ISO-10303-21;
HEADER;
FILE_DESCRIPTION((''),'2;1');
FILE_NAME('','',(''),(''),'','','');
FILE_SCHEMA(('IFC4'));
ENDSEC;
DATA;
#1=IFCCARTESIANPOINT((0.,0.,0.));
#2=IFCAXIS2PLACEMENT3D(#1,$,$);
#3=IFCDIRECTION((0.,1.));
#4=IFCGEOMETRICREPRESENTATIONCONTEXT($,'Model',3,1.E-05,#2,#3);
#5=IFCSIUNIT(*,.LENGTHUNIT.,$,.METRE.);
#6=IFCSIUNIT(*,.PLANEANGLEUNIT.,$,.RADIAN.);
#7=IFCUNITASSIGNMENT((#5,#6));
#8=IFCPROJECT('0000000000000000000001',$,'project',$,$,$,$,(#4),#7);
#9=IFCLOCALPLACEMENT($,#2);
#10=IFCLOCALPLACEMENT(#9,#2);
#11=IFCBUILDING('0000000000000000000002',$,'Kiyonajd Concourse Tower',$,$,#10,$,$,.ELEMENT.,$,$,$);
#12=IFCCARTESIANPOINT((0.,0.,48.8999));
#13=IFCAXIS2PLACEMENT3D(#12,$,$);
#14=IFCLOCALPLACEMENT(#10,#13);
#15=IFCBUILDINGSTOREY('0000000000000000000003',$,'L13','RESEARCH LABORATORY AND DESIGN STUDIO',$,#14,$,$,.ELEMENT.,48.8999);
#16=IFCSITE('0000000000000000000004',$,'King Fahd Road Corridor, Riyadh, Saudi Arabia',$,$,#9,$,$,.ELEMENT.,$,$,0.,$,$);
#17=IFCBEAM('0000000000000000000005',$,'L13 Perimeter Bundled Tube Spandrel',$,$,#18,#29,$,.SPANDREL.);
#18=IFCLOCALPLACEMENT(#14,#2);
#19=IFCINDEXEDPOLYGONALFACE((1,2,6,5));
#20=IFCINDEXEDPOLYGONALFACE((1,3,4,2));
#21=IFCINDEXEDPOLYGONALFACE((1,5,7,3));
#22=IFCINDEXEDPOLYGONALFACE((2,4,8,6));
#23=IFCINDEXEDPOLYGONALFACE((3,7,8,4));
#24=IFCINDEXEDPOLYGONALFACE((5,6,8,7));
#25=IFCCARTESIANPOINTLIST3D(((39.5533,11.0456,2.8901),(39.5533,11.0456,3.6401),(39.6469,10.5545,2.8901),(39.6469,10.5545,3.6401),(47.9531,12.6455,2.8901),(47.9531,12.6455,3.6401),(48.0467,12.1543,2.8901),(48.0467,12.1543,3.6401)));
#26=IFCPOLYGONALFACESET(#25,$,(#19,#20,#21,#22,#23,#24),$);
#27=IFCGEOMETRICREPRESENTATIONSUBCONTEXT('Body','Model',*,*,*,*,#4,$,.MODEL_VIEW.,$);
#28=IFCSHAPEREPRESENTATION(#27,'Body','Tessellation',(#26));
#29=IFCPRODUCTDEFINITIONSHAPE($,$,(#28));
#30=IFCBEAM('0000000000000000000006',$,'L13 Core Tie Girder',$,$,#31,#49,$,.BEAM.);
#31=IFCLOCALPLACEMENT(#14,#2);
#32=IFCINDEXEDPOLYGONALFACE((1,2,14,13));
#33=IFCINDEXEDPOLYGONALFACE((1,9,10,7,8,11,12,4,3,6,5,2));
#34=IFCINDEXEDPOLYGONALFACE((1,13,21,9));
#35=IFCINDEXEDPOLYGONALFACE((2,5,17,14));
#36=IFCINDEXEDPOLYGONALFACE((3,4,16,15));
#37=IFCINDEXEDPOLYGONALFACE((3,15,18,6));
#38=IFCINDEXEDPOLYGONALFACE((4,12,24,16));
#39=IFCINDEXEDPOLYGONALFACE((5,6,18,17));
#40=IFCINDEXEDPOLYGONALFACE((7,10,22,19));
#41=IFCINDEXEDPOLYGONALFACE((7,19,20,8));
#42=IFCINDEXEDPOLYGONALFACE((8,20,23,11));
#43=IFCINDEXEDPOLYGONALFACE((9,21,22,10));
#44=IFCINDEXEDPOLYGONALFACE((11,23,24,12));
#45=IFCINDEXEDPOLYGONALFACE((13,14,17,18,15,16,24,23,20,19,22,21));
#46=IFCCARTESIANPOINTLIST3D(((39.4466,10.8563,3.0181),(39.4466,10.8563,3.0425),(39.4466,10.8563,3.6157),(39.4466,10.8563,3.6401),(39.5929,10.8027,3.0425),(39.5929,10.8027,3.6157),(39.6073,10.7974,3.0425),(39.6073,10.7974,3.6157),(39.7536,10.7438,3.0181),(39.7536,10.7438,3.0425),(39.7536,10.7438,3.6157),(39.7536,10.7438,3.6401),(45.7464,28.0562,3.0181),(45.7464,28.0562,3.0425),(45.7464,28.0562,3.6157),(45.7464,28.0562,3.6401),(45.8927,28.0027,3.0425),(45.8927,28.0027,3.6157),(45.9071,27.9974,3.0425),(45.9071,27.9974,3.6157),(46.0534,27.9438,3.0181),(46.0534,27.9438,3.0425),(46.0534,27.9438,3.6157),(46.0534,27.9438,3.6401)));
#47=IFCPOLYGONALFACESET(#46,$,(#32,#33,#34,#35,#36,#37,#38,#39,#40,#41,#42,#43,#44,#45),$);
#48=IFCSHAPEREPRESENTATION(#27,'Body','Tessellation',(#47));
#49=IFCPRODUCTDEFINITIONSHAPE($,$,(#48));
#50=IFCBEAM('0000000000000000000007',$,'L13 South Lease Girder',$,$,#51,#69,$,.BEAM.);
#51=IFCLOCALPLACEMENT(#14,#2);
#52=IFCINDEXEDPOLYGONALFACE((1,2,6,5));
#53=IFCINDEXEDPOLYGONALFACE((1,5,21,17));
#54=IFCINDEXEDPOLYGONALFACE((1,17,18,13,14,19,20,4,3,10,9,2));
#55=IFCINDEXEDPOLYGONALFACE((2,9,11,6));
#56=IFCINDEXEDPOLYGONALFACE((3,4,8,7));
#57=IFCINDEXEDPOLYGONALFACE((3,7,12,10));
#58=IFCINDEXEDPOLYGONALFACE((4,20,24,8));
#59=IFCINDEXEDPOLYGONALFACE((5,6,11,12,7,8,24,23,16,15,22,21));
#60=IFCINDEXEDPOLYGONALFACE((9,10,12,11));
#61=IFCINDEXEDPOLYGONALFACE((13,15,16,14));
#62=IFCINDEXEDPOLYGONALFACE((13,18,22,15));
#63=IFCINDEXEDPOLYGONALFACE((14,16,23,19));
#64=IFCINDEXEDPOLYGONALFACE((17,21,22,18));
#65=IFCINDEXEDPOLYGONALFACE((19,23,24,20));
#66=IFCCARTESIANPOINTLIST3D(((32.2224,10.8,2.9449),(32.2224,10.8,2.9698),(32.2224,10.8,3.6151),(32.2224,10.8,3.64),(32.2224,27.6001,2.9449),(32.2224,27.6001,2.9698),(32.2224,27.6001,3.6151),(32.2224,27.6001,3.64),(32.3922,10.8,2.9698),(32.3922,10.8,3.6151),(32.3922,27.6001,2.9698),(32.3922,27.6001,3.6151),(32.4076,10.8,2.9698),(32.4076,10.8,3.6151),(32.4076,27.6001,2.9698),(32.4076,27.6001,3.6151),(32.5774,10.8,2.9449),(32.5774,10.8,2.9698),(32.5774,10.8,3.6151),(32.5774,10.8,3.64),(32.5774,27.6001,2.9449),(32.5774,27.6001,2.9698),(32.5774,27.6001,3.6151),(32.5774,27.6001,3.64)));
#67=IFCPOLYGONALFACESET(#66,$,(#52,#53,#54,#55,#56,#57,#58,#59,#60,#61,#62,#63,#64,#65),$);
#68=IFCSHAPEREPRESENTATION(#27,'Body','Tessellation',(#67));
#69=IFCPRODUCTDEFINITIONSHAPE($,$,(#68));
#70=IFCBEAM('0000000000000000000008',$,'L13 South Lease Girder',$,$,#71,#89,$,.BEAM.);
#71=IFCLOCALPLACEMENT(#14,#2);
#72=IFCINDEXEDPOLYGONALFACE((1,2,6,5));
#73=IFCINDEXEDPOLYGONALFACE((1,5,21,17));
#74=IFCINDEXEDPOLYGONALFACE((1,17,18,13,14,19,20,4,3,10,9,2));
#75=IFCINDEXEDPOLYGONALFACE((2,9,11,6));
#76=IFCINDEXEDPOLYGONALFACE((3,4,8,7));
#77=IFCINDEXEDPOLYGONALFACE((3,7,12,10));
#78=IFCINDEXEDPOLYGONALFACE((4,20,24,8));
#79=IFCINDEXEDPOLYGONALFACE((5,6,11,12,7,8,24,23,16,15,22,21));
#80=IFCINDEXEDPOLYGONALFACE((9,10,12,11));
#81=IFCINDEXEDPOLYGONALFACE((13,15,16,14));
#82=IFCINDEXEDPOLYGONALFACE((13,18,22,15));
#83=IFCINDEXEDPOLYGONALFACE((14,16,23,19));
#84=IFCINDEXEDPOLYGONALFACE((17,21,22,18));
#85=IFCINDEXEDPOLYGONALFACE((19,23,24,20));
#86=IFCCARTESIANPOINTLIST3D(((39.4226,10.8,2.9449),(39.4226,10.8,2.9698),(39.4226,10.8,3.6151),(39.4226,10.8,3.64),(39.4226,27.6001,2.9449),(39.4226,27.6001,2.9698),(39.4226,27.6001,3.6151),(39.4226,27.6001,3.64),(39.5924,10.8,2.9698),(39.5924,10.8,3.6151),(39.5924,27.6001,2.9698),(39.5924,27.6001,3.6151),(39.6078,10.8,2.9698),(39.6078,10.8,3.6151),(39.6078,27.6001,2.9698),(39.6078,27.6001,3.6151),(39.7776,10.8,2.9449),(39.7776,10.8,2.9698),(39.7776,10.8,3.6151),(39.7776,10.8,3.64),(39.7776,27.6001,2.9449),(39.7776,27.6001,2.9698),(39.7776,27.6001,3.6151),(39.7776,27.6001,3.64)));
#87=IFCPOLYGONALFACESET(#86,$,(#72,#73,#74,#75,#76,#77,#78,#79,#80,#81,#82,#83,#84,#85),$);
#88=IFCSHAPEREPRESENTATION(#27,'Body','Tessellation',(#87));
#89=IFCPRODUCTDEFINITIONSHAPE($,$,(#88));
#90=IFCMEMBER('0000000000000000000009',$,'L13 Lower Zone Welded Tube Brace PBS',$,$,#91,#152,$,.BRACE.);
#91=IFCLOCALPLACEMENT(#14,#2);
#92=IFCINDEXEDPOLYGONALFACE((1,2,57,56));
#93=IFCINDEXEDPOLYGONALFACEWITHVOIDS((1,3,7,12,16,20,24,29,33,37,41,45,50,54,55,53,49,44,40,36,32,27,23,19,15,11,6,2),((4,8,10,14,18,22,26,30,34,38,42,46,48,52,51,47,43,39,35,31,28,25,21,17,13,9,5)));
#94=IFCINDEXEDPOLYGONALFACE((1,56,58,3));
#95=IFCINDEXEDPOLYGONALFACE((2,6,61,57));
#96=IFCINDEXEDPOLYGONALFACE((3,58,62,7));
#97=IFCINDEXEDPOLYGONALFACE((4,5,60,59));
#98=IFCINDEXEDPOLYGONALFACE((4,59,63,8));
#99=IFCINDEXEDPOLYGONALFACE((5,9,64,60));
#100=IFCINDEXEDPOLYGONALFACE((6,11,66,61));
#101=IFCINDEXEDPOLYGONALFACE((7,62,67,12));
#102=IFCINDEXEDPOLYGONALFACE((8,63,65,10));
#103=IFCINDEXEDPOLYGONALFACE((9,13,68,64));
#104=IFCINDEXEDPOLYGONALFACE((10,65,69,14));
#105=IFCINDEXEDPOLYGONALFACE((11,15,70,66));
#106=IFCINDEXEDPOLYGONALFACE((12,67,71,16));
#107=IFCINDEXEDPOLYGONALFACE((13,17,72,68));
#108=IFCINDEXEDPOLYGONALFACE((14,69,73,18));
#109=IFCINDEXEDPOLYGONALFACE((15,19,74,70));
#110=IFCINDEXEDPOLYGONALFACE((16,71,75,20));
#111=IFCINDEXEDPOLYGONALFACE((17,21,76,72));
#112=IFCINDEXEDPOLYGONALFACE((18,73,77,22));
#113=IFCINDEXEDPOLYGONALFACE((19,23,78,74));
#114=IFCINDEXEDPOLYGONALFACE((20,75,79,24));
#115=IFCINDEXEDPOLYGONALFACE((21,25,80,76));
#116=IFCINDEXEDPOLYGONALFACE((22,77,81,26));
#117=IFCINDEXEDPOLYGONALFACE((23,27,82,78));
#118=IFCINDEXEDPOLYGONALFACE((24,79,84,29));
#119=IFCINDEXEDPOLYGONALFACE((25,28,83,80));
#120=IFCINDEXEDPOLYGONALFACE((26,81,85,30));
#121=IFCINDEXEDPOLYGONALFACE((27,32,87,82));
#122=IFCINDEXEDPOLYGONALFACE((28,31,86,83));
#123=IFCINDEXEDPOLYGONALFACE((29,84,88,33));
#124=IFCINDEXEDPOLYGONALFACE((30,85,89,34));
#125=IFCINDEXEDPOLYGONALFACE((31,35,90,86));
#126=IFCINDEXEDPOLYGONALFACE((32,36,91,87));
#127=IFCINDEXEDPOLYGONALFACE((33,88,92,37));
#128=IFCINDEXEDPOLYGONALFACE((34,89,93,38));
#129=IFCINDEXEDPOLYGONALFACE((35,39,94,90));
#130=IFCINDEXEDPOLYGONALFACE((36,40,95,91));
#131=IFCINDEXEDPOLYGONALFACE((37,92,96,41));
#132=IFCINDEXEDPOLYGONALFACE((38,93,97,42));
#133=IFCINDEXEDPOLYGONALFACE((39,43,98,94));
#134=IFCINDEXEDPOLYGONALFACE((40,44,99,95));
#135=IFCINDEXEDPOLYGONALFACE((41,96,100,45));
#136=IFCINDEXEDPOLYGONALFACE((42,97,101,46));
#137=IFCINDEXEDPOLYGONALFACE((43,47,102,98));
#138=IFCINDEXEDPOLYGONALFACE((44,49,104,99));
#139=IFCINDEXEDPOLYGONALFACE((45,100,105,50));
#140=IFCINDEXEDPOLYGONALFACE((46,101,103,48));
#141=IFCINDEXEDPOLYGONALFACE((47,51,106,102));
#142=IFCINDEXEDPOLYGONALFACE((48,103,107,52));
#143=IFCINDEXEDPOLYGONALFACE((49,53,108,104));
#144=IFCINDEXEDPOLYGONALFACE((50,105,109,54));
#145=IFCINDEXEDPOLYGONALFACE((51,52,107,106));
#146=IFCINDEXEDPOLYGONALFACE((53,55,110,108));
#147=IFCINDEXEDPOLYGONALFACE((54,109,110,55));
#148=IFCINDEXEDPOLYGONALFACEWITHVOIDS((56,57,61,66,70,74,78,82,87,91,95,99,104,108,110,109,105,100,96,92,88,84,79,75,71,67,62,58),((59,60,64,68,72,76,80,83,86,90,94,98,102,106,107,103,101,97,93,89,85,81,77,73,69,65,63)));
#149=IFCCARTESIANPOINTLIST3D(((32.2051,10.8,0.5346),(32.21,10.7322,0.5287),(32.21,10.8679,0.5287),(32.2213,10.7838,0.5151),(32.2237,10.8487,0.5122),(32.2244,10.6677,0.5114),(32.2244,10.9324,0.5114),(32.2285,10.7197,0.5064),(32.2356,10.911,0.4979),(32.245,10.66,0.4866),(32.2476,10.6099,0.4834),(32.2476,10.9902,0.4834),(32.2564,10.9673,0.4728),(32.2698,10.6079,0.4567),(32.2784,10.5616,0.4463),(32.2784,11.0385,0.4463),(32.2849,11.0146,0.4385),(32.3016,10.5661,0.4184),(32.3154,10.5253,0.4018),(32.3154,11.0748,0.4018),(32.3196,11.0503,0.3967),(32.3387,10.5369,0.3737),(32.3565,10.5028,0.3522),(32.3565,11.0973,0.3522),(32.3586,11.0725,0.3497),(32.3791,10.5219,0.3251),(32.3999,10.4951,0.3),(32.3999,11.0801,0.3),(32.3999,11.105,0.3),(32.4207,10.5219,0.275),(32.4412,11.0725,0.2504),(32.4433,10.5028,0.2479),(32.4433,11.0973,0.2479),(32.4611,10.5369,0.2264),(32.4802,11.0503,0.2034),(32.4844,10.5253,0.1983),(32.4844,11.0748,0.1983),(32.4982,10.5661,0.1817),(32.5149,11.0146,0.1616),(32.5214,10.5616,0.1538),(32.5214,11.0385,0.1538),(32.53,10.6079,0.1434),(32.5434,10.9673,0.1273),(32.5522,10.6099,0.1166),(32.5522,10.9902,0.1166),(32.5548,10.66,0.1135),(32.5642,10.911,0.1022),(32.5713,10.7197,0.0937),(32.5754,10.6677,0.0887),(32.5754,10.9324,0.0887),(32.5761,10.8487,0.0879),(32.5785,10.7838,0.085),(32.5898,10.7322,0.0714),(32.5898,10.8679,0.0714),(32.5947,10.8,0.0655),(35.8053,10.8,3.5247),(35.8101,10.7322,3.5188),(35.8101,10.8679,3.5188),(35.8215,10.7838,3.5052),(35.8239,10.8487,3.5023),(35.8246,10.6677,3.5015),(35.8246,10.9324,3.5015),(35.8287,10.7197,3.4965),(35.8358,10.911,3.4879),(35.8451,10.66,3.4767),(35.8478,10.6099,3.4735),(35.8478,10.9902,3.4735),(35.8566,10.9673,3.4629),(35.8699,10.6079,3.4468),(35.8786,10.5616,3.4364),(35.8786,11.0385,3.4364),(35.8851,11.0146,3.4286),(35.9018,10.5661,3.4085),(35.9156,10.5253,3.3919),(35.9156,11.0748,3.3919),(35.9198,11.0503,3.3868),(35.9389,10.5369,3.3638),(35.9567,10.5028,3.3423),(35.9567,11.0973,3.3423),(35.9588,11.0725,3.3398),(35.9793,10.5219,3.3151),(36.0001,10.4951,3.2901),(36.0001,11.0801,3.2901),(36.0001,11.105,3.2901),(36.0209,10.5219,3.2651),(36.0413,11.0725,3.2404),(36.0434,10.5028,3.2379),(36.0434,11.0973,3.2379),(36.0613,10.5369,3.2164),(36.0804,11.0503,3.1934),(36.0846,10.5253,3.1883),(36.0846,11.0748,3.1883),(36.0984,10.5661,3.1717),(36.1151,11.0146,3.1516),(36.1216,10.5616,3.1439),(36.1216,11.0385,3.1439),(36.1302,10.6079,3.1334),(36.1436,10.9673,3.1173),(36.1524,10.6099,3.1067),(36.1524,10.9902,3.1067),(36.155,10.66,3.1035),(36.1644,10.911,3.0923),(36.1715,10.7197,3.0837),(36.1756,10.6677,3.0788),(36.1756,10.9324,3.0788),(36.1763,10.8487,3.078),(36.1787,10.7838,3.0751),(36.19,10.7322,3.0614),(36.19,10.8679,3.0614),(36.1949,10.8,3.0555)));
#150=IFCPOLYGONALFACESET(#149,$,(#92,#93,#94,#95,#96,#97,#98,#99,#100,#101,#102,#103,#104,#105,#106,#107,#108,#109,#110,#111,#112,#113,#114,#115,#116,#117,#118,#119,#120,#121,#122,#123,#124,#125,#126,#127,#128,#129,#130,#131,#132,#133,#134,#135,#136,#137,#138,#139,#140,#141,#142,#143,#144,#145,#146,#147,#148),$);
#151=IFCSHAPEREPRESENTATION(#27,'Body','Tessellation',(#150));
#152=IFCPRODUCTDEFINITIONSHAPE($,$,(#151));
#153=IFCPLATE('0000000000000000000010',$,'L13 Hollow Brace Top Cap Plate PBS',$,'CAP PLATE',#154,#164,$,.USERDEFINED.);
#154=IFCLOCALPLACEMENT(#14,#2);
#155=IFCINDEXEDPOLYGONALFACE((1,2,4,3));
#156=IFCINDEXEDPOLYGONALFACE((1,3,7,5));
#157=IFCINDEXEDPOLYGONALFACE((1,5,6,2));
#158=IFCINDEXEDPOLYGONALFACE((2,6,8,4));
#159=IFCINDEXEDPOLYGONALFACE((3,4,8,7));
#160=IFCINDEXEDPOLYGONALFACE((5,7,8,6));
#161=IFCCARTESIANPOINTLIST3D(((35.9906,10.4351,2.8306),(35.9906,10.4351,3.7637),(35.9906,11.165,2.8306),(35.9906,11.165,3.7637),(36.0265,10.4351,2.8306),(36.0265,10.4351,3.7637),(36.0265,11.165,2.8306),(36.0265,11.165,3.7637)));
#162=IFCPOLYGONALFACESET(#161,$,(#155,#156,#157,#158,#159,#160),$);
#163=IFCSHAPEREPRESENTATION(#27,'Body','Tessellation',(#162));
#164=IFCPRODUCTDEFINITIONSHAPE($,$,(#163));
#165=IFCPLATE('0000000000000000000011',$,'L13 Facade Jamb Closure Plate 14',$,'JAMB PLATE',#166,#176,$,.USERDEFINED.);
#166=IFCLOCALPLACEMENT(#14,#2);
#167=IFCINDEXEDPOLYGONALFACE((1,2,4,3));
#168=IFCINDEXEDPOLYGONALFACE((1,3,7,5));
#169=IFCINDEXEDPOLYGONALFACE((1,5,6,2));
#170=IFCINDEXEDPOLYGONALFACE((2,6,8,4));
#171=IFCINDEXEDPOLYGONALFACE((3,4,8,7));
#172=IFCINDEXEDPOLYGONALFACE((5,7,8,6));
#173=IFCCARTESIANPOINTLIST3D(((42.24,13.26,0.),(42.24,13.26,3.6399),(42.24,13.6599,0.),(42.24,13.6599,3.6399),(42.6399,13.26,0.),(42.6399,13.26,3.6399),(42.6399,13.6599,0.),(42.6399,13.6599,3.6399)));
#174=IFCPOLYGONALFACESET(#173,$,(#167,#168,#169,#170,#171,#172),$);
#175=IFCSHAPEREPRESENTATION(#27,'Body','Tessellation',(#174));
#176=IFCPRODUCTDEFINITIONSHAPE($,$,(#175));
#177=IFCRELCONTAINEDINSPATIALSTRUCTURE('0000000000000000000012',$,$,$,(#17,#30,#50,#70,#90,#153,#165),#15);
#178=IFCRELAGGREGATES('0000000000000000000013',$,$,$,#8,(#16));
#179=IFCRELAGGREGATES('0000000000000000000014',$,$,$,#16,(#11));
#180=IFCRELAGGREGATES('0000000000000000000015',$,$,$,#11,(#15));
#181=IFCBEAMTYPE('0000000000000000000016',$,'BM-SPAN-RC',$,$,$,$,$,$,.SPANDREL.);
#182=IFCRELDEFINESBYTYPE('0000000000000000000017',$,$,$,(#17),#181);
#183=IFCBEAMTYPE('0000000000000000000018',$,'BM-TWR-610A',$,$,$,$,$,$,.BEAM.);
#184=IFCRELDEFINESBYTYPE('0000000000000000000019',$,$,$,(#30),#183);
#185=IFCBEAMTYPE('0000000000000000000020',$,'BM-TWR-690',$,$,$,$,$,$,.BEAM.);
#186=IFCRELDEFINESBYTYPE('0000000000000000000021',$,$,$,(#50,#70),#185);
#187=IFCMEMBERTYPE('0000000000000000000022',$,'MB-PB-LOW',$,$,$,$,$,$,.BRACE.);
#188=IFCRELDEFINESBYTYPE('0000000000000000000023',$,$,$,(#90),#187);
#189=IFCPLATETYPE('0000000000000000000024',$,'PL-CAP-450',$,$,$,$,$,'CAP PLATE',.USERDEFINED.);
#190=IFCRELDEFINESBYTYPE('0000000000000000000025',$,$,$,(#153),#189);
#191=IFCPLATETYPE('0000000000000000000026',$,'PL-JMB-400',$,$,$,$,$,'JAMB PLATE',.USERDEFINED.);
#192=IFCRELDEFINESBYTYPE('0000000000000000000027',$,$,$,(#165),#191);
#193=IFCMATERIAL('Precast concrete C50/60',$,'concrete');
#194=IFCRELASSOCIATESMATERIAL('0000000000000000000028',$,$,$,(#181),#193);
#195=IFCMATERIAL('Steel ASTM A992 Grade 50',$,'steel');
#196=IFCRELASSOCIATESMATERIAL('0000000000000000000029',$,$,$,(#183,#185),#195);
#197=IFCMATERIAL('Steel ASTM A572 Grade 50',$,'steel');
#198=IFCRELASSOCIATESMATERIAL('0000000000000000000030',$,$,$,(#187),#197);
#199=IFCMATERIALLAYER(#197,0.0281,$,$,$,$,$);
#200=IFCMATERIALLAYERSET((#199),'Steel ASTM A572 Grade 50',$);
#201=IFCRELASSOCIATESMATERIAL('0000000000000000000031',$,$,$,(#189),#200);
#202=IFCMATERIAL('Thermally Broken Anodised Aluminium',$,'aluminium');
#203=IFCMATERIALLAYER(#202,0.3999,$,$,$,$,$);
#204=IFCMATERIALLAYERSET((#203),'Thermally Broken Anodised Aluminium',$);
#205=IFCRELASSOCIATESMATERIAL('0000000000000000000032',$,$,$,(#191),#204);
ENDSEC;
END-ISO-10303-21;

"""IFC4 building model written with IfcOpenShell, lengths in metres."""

from ifc_helpers import new_model, si_unit, direction, frame, origin, origin_2d, place, context, subcontext, project, spatial, rectangle, hollow_circle, i_section, extrude, material, layer, layer_set, material_profile, profile_set, type_object, element, save


model = new_model("IFC4")

# Units and contexts
model_context = context("Model", 3, precision=1e-05, world=origin(), true_north=direction((0.0, 1.0)))
body_context = subcontext(model_context, "Body", "Model", "MODEL_VIEW")
ifc_project = project(units=[si_unit("LENGTHUNIT", "METRE"), si_unit("PLANEANGLEUNIT", "RADIAN")], contexts=[model_context])

# Site, building, storey
site_placement = place(None, origin())
site = spatial("IfcSite", under=ifc_project, at=site_placement, Name="King Fahd Road Corridor, Riyadh, Saudi Arabia", CompositionType="ELEMENT", RefElevation=0.0)
building_placement = place(site_placement, origin())
building = spatial("IfcBuilding", under=site, at=building_placement, Name="Kiyonajd Concourse Tower", CompositionType="ELEMENT")
storey_placement = place(building_placement, frame((0.0, 0.0, 48.8999)))
storey = spatial("IfcBuildingStorey", under=building, at=storey_placement, Name="L13", Description="RESEARCH LABORATORY AND DESIGN STUDIO", CompositionType="ELEMENT", Elevation=48.8999)

# Beams
ifc_material_1 = material(Name="Steel ASTM A992 Grade 50", Category="steel")
ifc_material_2 = material(Name="Precast concrete C50/60", Category="concrete")
ifc_material_profile_1 = material_profile(ifc_material_2, rectangle(XDim=0.5, YDim=0.75, at=origin_2d()), Name="RCBM-500x750")
ifc_profile_set_1 = profile_set([ifc_material_profile_1], Name="Precast concrete C50/60")
beam_type_1 = type_object("IfcBeamType", Name="BM-SPAN-RC", PredefinedType="SPANDREL", material=ifc_profile_set_1)
beam_1_placement = place(storey_placement, frame((39.6001, 10.8, 3.2651), z_axis=(0.982341, 0.187098, 0.0), x_axis=(-0.187098, 0.982341, 0.0)))
element("IfcBeam", 1, at=beam_1_placement, inside=storey, type_object=beam_type_1, Name="L13 Perimeter Bundled Tube Spandrel", PredefinedType="SPANDREL", context=body_context, shape_type="SweptSolid", body=[
    extrude(rectangle(XDim=0.5, YDim=0.75, at=origin_2d()), origin(), (0.0, 0.0, 1.0), 8.5508),
])
ifc_material_profile_2 = material_profile(ifc_material_1, i_section(OverallWidth=0.3269, OverallDepth=0.6221, WebThickness=0.0154, FlangeThickness=0.0244, at=origin_2d()), Name="W610X195")
ifc_profile_set_2 = profile_set([ifc_material_profile_2], Name="Steel ASTM A992 Grade 50")
beam_type_2 = type_object("IfcBeamType", Name="BM-TWR-610A", PredefinedType="BEAM", material=ifc_profile_set_2)
beam_2_placement = place(storey_placement, frame((39.6001, 10.8, 3.3291), z_axis=(0.343925, 0.938997, 0.0), x_axis=(-0.938997, 0.343925, 0.0)))
element("IfcBeam", 2, at=beam_2_placement, inside=storey, type_object=beam_type_2, Name="L13 Core Tie Girder", PredefinedType="BEAM", context=body_context, shape_type="SweptSolid", body=[
    extrude(i_section(OverallWidth=0.3269, OverallDepth=0.6221, WebThickness=0.0154, FlangeThickness=0.0244, at=origin_2d()), origin(), (0.0, 0.0, 1.0), 18.3174),
])
ifc_material_profile_3 = material_profile(ifc_material_1, i_section(OverallWidth=0.355, OverallDepth=0.6951, WebThickness=0.0154, FlangeThickness=0.0249, at=origin_2d()), Name="W690X217")
ifc_profile_set_3 = profile_set([ifc_material_profile_3], Name="Steel ASTM A992 Grade 50")
beam_type_3 = type_object("IfcBeamType", Name="BM-TWR-690", PredefinedType="BEAM", material=ifc_profile_set_3)
for number, where, z_axis, x_axis, name in (
    (3, (32.3999, 10.8, 3.2925), (0.0, 1.0, 0.0), (-1.0, 0.0, 0.0), "L13 South Lease Girder"),
    (4, (39.6001, 10.8, 3.2925), (0.0, 1.0, 0.0), (-1.0, 0.0, 0.0), "L13 South Lease Girder"),
):
    element("IfcBeam", number, at=place(storey_placement, frame(where, z_axis=z_axis, x_axis=x_axis)), inside=storey, type_object=beam_type_3, Name=name, PredefinedType="BEAM", context=body_context, shape_type="SweptSolid", body=[
        extrude(i_section(OverallWidth=0.355, OverallDepth=0.6951, WebThickness=0.0154, FlangeThickness=0.0249, at=origin_2d()), origin(), (0.0, 0.0, 1.0), 16.8),
    ])

# Member
ifc_material_3 = material(Name="Steel ASTM A572 Grade 50", Category="steel")
ifc_material_profile_4 = material_profile(ifc_material_3, hollow_circle(Radius=0.3049, WallThickness=0.0249, at=origin_2d()), Name="CHS-610x25")
ifc_profile_set_4 = profile_set([ifc_material_profile_4], Name="Steel ASTM A572 Grade 50")
member_type = type_object("IfcMemberType", Name="MB-PB-LOW", PredefinedType="BRACE", material=ifc_profile_set_4)
member_placement = place(storey_placement, frame((32.3999, 10.8, 0.3), z_axis=(0.769281, 0.0, 0.638911), x_axis=(0.0, 1.0, 0.0)))
element("IfcMember", 5, at=member_placement, inside=storey, type_object=member_type, Name="L13 Lower Zone Welded Tube Brace PBS", PredefinedType="BRACE", context=body_context, shape_type="SweptSolid", body=[
    extrude(hollow_circle(Radius=0.3049, WallThickness=0.0249, at=origin_2d()), origin(), (0.0, 0.0, 1.0), 4.6799),
])

# Plates
ifc_layer_1 = layer(ifc_material_3, 0.0281)
ifc_layer_set_1 = layer_set([ifc_layer_1], Name="Steel ASTM A572 Grade 50")
plate_type_1 = type_object("IfcPlateType", Name="PL-CAP-450", ElementType="CAP PLATE", PredefinedType="USERDEFINED", material=ifc_layer_set_1)
plate_1_placement = place(storey_placement, frame((36.0085, 10.8, 2.8306), z_axis=(0.0, 0.0, 1.0), x_axis=(1.0, 0.0, 0.0)))
element("IfcPlate", 6, at=plate_1_placement, inside=storey, type_object=plate_type_1, Name="L13 Hollow Brace Top Cap Plate PBS", ObjectType="CAP PLATE", PredefinedType="USERDEFINED", context=body_context, shape_type="SweptSolid", body=[
    extrude(rectangle(XDim=0.0359, YDim=0.73, at=origin_2d()), origin(), (0.0, 0.0, 1.0), 0.9331),
])
ifc_material_4 = material(Name="Thermally Broken Anodised Aluminium", Category="aluminium")
ifc_layer_2 = layer(ifc_material_4, 0.3999)
ifc_layer_set_2 = layer_set([ifc_layer_2], Name="Thermally Broken Anodised Aluminium")
plate_type_2 = type_object("IfcPlateType", Name="PL-JMB-400", ElementType="JAMB PLATE", PredefinedType="USERDEFINED", material=ifc_layer_set_2)
plate_2_placement = place(storey_placement, frame((42.4399, 13.46, 0.0), z_axis=(0.0, 0.0, 1.0), x_axis=(1.0, 0.0, 0.0)))
element("IfcPlate", 7, at=plate_2_placement, inside=storey, type_object=plate_type_2, Name="L13 Facade Jamb Closure Plate 14", ObjectType="JAMB PLATE", PredefinedType="USERDEFINED", context=body_context, shape_type="SweptSolid", body=[
    extrude(rectangle(XDim=0.3999, YDim=0.3999, at=origin_2d()), origin(), (0.0, 0.0, 1.0), 3.6399),
])

save(model, "model.ifc")
